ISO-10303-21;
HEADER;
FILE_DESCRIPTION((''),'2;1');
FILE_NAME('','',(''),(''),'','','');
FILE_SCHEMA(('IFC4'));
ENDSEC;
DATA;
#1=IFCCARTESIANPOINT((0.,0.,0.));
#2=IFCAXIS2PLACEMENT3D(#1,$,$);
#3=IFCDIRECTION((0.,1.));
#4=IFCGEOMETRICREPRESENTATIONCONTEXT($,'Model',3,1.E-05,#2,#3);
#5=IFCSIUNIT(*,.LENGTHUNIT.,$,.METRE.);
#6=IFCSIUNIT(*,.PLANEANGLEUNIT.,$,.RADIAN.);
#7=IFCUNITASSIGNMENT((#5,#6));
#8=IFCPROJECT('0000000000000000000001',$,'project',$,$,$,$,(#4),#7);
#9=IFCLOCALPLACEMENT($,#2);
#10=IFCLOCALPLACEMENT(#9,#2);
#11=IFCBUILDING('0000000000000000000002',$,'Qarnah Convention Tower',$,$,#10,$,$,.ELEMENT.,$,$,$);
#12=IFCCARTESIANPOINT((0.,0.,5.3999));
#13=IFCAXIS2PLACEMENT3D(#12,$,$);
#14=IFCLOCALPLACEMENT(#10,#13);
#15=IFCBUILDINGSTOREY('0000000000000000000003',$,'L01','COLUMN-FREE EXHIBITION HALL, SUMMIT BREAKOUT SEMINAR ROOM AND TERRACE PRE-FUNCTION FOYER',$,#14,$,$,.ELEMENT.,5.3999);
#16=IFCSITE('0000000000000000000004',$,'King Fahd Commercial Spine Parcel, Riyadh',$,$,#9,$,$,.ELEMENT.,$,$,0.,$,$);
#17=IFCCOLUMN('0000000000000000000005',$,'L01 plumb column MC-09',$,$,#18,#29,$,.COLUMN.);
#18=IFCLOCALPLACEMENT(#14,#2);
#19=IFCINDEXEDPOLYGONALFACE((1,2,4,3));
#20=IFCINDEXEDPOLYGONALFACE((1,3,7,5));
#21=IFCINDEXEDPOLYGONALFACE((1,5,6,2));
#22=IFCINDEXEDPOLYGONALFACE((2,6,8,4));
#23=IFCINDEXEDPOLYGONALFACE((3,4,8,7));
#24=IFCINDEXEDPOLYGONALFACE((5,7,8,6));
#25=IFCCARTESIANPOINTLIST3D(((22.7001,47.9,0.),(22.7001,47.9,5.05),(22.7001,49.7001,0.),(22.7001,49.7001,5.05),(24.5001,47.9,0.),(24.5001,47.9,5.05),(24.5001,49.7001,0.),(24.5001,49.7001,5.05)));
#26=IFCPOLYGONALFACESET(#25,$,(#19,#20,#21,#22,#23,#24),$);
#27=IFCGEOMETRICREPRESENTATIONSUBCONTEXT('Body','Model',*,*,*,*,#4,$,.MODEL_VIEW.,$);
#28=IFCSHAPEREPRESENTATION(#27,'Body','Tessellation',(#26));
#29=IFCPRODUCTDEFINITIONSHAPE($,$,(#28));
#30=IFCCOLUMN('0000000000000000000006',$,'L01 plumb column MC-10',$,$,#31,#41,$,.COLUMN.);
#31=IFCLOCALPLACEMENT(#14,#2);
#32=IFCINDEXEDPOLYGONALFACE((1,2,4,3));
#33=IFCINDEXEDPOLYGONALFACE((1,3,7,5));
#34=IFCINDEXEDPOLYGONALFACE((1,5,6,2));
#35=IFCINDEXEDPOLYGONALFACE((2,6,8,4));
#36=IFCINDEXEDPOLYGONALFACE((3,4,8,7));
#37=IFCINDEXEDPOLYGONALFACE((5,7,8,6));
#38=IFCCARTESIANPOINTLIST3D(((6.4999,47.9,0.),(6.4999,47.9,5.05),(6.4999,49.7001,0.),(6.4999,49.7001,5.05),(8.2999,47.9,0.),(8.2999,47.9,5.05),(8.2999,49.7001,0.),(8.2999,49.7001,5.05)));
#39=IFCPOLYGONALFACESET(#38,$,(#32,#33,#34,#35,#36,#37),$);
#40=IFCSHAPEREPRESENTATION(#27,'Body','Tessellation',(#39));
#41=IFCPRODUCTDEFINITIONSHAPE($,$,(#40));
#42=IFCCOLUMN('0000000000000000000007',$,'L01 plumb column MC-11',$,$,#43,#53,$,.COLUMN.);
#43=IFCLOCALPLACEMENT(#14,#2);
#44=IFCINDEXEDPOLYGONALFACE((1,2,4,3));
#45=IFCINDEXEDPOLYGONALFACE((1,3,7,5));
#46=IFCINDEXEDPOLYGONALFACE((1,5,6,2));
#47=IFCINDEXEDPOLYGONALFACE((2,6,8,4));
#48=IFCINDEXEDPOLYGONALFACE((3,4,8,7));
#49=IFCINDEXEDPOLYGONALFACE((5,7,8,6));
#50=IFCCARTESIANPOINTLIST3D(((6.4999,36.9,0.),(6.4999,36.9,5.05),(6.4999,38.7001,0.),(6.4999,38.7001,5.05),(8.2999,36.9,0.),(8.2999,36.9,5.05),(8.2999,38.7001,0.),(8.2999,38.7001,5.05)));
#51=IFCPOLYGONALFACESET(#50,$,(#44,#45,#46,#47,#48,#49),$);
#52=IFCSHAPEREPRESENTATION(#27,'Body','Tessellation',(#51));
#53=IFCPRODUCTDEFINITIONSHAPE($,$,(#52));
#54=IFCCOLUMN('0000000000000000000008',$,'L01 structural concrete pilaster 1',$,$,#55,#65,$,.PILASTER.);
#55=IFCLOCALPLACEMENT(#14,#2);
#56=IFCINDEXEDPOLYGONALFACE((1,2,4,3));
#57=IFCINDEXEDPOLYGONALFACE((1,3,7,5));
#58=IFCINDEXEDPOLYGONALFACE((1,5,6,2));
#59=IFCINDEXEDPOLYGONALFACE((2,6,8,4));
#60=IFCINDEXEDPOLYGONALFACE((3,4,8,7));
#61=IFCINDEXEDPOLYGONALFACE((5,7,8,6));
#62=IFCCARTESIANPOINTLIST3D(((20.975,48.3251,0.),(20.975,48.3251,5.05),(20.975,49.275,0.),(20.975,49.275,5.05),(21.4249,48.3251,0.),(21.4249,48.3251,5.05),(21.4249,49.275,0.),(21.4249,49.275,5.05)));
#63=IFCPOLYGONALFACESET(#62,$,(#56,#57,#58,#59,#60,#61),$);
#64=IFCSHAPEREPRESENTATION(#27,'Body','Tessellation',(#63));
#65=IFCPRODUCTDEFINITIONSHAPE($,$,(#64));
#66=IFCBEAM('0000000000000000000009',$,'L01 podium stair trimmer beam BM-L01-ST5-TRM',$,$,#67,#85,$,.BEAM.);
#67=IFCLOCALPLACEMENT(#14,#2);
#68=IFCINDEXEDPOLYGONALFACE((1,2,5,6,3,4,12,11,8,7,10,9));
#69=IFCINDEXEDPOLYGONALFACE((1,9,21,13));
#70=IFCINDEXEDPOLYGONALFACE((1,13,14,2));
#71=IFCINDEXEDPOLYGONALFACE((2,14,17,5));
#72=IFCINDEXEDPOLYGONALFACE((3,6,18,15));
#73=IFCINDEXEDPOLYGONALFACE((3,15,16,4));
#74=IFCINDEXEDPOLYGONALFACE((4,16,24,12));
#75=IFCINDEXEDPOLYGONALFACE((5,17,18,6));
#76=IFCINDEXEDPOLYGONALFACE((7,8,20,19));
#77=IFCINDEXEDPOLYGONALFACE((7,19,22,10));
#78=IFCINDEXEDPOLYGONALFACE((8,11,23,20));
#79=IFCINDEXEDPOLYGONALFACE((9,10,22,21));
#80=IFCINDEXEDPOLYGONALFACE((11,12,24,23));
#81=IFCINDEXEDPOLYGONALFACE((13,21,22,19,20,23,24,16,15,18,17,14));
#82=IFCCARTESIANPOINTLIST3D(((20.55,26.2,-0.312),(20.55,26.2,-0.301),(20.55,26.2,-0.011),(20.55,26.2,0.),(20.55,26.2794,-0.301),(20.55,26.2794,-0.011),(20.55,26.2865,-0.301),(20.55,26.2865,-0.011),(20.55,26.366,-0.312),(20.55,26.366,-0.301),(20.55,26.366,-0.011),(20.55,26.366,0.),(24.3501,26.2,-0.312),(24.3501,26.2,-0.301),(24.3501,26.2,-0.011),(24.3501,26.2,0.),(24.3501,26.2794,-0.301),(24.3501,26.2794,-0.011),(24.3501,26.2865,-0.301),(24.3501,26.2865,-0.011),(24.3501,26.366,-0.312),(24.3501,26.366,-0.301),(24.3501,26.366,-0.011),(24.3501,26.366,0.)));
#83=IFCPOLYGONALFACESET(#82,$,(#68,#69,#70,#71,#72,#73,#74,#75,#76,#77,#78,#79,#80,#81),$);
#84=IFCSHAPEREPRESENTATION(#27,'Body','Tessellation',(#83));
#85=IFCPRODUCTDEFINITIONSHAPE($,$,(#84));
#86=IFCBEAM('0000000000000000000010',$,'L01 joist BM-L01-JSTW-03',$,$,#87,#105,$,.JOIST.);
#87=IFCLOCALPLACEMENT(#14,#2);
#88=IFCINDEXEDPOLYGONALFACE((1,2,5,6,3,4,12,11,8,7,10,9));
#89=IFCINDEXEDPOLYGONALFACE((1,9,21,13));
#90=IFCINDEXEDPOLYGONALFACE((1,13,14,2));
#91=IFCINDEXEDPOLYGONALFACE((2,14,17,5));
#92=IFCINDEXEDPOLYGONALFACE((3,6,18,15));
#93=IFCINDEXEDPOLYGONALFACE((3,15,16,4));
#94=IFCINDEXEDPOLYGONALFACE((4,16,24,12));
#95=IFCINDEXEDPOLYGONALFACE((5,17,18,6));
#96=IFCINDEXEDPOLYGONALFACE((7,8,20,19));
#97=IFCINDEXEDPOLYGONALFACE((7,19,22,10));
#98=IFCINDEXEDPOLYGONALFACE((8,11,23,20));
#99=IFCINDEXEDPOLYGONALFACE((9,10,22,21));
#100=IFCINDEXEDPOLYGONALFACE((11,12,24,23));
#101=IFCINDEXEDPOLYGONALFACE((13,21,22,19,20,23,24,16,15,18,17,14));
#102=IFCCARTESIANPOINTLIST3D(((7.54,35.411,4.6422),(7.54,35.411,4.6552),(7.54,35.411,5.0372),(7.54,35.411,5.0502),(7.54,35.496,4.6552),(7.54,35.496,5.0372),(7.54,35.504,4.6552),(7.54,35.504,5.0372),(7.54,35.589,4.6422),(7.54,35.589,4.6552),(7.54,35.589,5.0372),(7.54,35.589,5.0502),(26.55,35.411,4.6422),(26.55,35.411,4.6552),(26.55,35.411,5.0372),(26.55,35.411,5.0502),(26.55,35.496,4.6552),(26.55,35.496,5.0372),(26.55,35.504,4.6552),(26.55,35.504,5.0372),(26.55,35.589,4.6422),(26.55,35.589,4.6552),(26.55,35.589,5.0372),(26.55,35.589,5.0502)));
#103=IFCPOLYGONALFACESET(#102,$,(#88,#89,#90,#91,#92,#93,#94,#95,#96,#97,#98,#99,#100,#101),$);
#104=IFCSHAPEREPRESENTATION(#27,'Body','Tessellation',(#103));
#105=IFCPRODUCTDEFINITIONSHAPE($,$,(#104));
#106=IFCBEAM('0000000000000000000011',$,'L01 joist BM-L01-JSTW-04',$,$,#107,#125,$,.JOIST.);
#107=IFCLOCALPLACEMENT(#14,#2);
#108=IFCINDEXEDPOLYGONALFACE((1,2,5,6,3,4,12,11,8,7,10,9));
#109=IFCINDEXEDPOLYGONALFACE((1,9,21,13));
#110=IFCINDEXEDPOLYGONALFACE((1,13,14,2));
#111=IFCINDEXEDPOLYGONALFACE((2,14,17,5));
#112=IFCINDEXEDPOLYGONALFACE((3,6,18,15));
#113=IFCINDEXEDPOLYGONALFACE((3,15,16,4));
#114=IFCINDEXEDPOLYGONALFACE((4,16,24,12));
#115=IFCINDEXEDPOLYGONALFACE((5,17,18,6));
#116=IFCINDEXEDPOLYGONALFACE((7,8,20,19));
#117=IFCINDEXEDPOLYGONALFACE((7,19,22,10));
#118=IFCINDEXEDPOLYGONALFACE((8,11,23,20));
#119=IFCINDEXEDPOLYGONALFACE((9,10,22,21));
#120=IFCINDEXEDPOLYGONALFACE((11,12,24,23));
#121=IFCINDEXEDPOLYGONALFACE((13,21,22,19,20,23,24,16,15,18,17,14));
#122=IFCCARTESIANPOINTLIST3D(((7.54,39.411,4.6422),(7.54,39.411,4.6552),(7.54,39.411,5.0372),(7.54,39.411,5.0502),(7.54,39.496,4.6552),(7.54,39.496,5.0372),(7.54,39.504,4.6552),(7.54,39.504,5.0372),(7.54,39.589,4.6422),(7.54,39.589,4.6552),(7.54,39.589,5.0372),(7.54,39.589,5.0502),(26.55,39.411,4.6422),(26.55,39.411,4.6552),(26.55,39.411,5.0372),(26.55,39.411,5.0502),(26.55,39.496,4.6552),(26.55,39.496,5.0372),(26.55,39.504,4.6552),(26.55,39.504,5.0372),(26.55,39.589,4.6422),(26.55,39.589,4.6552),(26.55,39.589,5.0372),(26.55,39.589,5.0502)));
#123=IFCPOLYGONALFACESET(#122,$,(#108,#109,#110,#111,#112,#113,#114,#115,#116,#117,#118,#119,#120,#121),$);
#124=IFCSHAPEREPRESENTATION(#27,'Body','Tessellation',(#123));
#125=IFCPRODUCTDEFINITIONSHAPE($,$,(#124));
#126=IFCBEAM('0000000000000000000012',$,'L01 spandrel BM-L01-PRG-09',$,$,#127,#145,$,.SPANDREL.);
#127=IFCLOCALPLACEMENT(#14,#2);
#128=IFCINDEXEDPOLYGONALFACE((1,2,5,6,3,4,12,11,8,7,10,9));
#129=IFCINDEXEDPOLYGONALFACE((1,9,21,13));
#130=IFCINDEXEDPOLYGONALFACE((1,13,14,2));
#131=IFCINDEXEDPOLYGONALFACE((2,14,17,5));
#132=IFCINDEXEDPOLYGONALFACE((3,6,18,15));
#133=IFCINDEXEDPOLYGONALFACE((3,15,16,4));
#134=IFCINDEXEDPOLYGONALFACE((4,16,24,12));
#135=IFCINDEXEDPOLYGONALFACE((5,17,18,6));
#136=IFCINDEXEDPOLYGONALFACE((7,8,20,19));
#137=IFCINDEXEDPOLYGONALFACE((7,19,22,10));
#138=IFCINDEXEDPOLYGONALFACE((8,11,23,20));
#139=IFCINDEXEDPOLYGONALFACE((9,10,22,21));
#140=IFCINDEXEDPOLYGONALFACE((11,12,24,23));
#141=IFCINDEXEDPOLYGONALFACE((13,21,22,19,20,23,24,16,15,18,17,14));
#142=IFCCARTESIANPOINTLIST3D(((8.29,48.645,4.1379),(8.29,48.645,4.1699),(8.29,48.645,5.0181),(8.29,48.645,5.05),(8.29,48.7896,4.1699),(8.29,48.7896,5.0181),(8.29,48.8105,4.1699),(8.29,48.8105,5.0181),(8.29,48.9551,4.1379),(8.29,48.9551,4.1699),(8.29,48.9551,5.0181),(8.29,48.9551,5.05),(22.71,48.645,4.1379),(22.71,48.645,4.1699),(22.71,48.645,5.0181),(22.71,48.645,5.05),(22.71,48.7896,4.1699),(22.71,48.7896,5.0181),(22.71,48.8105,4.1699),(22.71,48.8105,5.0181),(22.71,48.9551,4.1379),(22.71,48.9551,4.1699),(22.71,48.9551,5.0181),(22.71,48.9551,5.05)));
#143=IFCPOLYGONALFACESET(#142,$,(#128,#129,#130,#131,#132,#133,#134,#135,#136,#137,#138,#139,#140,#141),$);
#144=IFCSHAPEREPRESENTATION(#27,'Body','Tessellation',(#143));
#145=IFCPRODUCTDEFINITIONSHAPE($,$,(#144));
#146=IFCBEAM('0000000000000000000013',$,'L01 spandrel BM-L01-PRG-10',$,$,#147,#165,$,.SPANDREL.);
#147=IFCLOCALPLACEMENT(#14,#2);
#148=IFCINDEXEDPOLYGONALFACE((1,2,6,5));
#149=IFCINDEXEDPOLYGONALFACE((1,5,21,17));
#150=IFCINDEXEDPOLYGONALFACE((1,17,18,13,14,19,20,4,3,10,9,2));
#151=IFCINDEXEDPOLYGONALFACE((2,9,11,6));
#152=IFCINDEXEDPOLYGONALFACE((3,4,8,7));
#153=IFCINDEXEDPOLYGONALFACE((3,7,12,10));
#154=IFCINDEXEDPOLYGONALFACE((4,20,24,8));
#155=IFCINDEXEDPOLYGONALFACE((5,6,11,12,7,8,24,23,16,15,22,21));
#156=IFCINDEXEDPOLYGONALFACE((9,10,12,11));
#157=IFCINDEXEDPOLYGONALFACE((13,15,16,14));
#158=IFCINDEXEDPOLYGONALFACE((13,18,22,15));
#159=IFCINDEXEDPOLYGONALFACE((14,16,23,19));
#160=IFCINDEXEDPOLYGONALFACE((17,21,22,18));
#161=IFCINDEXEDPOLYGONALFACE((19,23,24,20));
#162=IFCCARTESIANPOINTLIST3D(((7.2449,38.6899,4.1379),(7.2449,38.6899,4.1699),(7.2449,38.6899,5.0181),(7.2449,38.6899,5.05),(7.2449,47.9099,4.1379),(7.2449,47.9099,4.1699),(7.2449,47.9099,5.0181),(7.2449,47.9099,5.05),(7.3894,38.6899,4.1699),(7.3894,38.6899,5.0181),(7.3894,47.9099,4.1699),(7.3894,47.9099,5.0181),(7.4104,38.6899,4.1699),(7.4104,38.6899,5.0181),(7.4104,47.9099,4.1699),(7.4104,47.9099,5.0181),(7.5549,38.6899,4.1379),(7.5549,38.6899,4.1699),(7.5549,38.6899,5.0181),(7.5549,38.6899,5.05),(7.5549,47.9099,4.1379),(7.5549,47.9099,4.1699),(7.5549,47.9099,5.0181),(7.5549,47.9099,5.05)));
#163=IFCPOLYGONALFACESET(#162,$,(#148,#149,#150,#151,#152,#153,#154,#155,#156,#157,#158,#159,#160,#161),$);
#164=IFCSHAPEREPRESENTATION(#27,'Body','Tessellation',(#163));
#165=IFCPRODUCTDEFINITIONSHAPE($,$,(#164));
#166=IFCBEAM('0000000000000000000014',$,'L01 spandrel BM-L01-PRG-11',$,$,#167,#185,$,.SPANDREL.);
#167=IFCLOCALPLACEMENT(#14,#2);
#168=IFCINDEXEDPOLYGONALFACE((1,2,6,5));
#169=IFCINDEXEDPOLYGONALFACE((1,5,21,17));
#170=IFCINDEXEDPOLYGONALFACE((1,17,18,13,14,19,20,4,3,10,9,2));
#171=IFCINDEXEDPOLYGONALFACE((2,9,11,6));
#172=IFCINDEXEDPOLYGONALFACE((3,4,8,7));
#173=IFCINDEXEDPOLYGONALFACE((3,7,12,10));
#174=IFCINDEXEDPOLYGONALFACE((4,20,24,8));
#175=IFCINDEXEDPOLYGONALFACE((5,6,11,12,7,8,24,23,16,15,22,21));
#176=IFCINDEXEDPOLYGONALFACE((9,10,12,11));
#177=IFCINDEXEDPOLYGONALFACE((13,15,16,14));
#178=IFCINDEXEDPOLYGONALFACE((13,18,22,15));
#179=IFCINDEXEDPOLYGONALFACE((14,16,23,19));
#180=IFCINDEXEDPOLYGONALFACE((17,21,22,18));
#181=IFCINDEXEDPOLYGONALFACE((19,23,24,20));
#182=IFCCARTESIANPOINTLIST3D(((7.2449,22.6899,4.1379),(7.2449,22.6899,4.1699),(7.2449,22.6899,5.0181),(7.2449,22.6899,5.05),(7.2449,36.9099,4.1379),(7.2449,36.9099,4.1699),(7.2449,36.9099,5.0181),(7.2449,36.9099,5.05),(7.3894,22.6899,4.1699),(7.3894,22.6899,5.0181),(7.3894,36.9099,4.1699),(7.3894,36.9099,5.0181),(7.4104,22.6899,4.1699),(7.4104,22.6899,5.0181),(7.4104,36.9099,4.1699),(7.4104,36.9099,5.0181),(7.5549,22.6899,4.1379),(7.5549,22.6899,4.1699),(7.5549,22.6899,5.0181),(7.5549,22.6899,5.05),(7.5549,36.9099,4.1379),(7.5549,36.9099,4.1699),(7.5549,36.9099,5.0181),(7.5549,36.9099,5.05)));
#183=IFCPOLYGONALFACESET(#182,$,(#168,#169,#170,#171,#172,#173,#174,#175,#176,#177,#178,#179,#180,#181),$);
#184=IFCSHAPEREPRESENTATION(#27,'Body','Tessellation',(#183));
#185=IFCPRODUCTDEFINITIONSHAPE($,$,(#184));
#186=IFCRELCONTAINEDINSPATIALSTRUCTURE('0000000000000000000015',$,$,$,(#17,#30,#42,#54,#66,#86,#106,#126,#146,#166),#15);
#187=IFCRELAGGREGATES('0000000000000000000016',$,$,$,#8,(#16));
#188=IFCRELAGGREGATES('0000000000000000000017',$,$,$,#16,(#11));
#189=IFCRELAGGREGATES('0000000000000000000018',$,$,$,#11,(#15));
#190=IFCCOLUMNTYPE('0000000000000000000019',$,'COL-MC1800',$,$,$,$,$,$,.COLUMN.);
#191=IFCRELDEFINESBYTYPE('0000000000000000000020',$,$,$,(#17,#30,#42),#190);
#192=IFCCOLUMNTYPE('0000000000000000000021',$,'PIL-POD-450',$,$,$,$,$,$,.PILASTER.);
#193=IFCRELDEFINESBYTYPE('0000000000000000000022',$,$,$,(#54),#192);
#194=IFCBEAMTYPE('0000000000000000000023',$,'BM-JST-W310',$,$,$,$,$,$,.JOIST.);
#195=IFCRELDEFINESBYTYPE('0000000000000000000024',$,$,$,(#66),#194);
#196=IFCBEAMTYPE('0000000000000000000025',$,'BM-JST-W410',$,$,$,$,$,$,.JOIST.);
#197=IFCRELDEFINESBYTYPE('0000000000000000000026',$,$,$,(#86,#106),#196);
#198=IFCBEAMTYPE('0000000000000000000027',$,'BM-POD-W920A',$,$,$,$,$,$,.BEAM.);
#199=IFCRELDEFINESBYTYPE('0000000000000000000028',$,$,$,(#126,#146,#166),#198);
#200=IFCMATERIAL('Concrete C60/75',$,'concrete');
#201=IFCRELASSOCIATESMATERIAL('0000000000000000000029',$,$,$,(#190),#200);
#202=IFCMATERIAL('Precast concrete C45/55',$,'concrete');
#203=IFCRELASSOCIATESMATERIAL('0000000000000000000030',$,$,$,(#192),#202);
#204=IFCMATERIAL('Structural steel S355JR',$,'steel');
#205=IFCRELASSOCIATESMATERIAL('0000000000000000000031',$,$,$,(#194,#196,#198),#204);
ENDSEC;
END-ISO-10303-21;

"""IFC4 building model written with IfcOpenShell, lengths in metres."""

from ifc_helpers import new_model, si_unit, direction, frame, origin, origin_2d, place, context, subcontext, project, spatial, rectangle, i_section, extrude, material, material_profile, profile_set, type_object, element, save


model = new_model("IFC4")

# Units and contexts
model_context = context("Model", 3, precision=1e-05, world=origin(), true_north=direction((0.0, 1.0)))
body_context = subcontext(model_context, "Body", "Model", "MODEL_VIEW")
ifc_project = project(units=[si_unit("LENGTHUNIT", "METRE"), si_unit("PLANEANGLEUNIT", "RADIAN")], contexts=[model_context])

# Site, building, storey
site_placement = place(None, origin())
site = spatial("IfcSite", under=ifc_project, at=site_placement, Name="King Fahd Commercial Spine Parcel, Riyadh", CompositionType="ELEMENT", RefElevation=0.0)
building_placement = place(site_placement, origin())
building = spatial("IfcBuilding", under=site, at=building_placement, Name="Qarnah Convention Tower", CompositionType="ELEMENT")
storey_placement = place(building_placement, frame((0.0, 0.0, 5.3999)))
storey = spatial("IfcBuildingStorey", under=building, at=storey_placement, Name="L01", Description="COLUMN-FREE EXHIBITION HALL, SUMMIT BREAKOUT SEMINAR ROOM AND TERRACE PRE-FUNCTION FOYER", CompositionType="ELEMENT", Elevation=5.3999)

# Columns
ifc_material_1 = material(Name="Concrete C60/75", Category="concrete")
ifc_material_profile_1 = material_profile(ifc_material_1, rectangle(XDim=1.8, YDim=1.8, at=origin_2d()), Name="RC-COL-1800X1800")
ifc_profile_set_1 = profile_set([ifc_material_profile_1], Name="Concrete C60/75")
column_type_1 = type_object("IfcColumnType", Name="COL-MC1800", PredefinedType="COLUMN", material=ifc_profile_set_1)
for number, where, z_axis, x_axis, name in (
    (1, (23.6001, 48.8, 0.0), (0.0, 0.0, 1.0), (1.0, 0.0, 0.0), "L01 plumb column MC-09"),
    (2, (7.3999, 48.8, 0.0), (0.0, 0.0, 1.0), (1.0, 0.0, 0.0), "L01 plumb column MC-10"),
    (3, (7.3999, 37.8, 0.0), (0.0, 0.0, 1.0), (1.0, 0.0, 0.0), "L01 plumb column MC-11"),
):
    element("IfcColumn", number, at=place(storey_placement, frame(where, z_axis=z_axis, x_axis=x_axis)), inside=storey, type_object=column_type_1, Name=name, PredefinedType="COLUMN", context=body_context, shape_type="SweptSolid", body=[
        extrude(rectangle(XDim=1.8, YDim=1.8, at=origin_2d()), origin(), (0.0, 0.0, 1.0), 5.05),
    ])
ifc_material_2 = material(Name="Precast concrete C45/55", Category="concrete")
ifc_material_profile_2 = material_profile(ifc_material_2, rectangle(XDim=0.45, YDim=0.95, at=origin_2d()), Name="PC-RIB-450X950")
ifc_profile_set_2 = profile_set([ifc_material_profile_2], Name="Precast concrete C45/55")
column_type_2 = type_object("IfcColumnType", Name="PIL-POD-450", PredefinedType="PILASTER", material=ifc_profile_set_2)
column_placement = place(storey_placement, frame((21.2, 48.8, 0.0), z_axis=(0.0, 0.0, 1.0), x_axis=(1.0, 0.0, 0.0)))
element("IfcColumn", 4, at=column_placement, inside=storey, type_object=column_type_2, Name="L01 structural concrete pilaster 1", PredefinedType="PILASTER", context=body_context, shape_type="SweptSolid", body=[
    extrude(rectangle(XDim=0.45, YDim=0.95, at=origin_2d()), origin(), (0.0, 0.0, 1.0), 5.05),
])

# Beams
ifc_material_3 = material(Name="Structural steel S355JR", Category="steel")
ifc_material_profile_3 = material_profile(ifc_material_3, i_section(OverallWidth=0.166, OverallDepth=0.312, WebThickness=0.0071, FlangeThickness=0.011, at=origin_2d()), Name="W310X45")
ifc_profile_set_3 = profile_set([ifc_material_profile_3], Name="Structural steel S355JR")
beam_type_1 = type_object("IfcBeamType", Name="BM-JST-W310", PredefinedType="JOIST", material=ifc_profile_set_3)
beam_1_placement = place(storey_placement, frame((20.55, 26.283, -0.156), z_axis=(1.0, 0.0, 0.0), x_axis=(0.0, 1.0, 0.0)))
element("IfcBeam", 5, at=beam_1_placement, inside=storey, type_object=beam_type_1, Name="L01 podium stair trimmer beam BM-L01-ST5-TRM", PredefinedType="BEAM", context=body_context, shape_type="SweptSolid", body=[
    extrude(i_section(OverallWidth=0.166, OverallDepth=0.312, WebThickness=0.0071, FlangeThickness=0.011, at=origin_2d()), origin(), (0.0, 0.0, 1.0), 3.8),
])
ifc_material_profile_4 = material_profile(ifc_material_3, i_section(OverallWidth=0.178, OverallDepth=0.408, WebThickness=0.0081, FlangeThickness=0.0129, at=origin_2d()), Name="W410X60")
ifc_profile_set_4 = profile_set([ifc_material_profile_4], Name="Structural steel S355JR")
beam_type_2 = type_object("IfcBeamType", Name="BM-JST-W410", PredefinedType="JOIST", material=ifc_profile_set_4)
for number, where, z_axis, x_axis, name in (
    (6, (7.54, 35.5, 4.8462), (1.0, 0.0, 0.0), (0.0, 1.0, 0.0), "L01 joist BM-L01-JSTW-03"),
    (7, (7.54, 39.5, 4.8462), (1.0, 0.0, 0.0), (0.0, 1.0, 0.0), "L01 joist BM-L01-JSTW-04"),
):
    element("IfcBeam", number, at=place(storey_placement, frame(where, z_axis=z_axis, x_axis=x_axis)), inside=storey, type_object=beam_type_2, Name=name, PredefinedType="JOIST", context=body_context, shape_type="SweptSolid", body=[
        extrude(i_section(OverallWidth=0.178, OverallDepth=0.408, WebThickness=0.0081, FlangeThickness=0.0129, at=origin_2d()), origin(), (0.0, 0.0, 1.0), 19.01),
    ])
ifc_material_profile_5 = material_profile(ifc_material_3, i_section(OverallWidth=0.3101, OverallDepth=0.9121, WebThickness=0.021, FlangeThickness=0.032, at=origin_2d()), Name="W920X342")
ifc_profile_set_5 = profile_set([ifc_material_profile_5], Name="Structural steel S355JR")
beam_type_3 = type_object("IfcBeamType", Name="BM-POD-W920A", PredefinedType="BEAM", material=ifc_profile_set_5)
beam_2_placement = place(storey_placement, frame((22.71, 48.8, 4.594), z_axis=(-1.0, 0.0, 0.0), x_axis=(0.0, -1.0, 0.0)))
element("IfcBeam", 8, at=beam_2_placement, inside=storey, type_object=beam_type_3, Name="L01 spandrel BM-L01-PRG-09", PredefinedType="SPANDREL", context=body_context, shape_type="SweptSolid", body=[
    extrude(i_section(OverallWidth=0.3101, OverallDepth=0.9121, WebThickness=0.021, FlangeThickness=0.032, at=origin_2d()), origin(), (0.0, 0.0, 1.0), 14.4199),
])
beam_3_placement = place(storey_placement, frame((7.3999, 47.9099, 4.594), z_axis=(0.0, -1.0, 0.0), x_axis=(1.0, 0.0, 0.0)))
element("IfcBeam", 9, at=beam_3_placement, inside=storey, type_object=beam_type_3, Name="L01 spandrel BM-L01-PRG-10", PredefinedType="SPANDREL", context=body_context, shape_type="SweptSolid", body=[
    extrude(i_section(OverallWidth=0.3101, OverallDepth=0.9121, WebThickness=0.021, FlangeThickness=0.032, at=origin_2d()), origin(), (0.0, 0.0, 1.0), 9.22),
])
beam_4_placement = place(storey_placement, frame((7.3999, 36.9099, 4.594), z_axis=(0.0, -1.0, 0.0), x_axis=(1.0, 0.0, 0.0)))
element("IfcBeam", 10, at=beam_4_placement, inside=storey, type_object=beam_type_3, Name="L01 spandrel BM-L01-PRG-11", PredefinedType="SPANDREL", context=body_context, shape_type="SweptSolid", body=[
    extrude(i_section(OverallWidth=0.3101, OverallDepth=0.9121, WebThickness=0.021, FlangeThickness=0.032, at=origin_2d()), origin(), (0.0, 0.0, 1.0), 14.22),
])

save(model, "model.ifc")
